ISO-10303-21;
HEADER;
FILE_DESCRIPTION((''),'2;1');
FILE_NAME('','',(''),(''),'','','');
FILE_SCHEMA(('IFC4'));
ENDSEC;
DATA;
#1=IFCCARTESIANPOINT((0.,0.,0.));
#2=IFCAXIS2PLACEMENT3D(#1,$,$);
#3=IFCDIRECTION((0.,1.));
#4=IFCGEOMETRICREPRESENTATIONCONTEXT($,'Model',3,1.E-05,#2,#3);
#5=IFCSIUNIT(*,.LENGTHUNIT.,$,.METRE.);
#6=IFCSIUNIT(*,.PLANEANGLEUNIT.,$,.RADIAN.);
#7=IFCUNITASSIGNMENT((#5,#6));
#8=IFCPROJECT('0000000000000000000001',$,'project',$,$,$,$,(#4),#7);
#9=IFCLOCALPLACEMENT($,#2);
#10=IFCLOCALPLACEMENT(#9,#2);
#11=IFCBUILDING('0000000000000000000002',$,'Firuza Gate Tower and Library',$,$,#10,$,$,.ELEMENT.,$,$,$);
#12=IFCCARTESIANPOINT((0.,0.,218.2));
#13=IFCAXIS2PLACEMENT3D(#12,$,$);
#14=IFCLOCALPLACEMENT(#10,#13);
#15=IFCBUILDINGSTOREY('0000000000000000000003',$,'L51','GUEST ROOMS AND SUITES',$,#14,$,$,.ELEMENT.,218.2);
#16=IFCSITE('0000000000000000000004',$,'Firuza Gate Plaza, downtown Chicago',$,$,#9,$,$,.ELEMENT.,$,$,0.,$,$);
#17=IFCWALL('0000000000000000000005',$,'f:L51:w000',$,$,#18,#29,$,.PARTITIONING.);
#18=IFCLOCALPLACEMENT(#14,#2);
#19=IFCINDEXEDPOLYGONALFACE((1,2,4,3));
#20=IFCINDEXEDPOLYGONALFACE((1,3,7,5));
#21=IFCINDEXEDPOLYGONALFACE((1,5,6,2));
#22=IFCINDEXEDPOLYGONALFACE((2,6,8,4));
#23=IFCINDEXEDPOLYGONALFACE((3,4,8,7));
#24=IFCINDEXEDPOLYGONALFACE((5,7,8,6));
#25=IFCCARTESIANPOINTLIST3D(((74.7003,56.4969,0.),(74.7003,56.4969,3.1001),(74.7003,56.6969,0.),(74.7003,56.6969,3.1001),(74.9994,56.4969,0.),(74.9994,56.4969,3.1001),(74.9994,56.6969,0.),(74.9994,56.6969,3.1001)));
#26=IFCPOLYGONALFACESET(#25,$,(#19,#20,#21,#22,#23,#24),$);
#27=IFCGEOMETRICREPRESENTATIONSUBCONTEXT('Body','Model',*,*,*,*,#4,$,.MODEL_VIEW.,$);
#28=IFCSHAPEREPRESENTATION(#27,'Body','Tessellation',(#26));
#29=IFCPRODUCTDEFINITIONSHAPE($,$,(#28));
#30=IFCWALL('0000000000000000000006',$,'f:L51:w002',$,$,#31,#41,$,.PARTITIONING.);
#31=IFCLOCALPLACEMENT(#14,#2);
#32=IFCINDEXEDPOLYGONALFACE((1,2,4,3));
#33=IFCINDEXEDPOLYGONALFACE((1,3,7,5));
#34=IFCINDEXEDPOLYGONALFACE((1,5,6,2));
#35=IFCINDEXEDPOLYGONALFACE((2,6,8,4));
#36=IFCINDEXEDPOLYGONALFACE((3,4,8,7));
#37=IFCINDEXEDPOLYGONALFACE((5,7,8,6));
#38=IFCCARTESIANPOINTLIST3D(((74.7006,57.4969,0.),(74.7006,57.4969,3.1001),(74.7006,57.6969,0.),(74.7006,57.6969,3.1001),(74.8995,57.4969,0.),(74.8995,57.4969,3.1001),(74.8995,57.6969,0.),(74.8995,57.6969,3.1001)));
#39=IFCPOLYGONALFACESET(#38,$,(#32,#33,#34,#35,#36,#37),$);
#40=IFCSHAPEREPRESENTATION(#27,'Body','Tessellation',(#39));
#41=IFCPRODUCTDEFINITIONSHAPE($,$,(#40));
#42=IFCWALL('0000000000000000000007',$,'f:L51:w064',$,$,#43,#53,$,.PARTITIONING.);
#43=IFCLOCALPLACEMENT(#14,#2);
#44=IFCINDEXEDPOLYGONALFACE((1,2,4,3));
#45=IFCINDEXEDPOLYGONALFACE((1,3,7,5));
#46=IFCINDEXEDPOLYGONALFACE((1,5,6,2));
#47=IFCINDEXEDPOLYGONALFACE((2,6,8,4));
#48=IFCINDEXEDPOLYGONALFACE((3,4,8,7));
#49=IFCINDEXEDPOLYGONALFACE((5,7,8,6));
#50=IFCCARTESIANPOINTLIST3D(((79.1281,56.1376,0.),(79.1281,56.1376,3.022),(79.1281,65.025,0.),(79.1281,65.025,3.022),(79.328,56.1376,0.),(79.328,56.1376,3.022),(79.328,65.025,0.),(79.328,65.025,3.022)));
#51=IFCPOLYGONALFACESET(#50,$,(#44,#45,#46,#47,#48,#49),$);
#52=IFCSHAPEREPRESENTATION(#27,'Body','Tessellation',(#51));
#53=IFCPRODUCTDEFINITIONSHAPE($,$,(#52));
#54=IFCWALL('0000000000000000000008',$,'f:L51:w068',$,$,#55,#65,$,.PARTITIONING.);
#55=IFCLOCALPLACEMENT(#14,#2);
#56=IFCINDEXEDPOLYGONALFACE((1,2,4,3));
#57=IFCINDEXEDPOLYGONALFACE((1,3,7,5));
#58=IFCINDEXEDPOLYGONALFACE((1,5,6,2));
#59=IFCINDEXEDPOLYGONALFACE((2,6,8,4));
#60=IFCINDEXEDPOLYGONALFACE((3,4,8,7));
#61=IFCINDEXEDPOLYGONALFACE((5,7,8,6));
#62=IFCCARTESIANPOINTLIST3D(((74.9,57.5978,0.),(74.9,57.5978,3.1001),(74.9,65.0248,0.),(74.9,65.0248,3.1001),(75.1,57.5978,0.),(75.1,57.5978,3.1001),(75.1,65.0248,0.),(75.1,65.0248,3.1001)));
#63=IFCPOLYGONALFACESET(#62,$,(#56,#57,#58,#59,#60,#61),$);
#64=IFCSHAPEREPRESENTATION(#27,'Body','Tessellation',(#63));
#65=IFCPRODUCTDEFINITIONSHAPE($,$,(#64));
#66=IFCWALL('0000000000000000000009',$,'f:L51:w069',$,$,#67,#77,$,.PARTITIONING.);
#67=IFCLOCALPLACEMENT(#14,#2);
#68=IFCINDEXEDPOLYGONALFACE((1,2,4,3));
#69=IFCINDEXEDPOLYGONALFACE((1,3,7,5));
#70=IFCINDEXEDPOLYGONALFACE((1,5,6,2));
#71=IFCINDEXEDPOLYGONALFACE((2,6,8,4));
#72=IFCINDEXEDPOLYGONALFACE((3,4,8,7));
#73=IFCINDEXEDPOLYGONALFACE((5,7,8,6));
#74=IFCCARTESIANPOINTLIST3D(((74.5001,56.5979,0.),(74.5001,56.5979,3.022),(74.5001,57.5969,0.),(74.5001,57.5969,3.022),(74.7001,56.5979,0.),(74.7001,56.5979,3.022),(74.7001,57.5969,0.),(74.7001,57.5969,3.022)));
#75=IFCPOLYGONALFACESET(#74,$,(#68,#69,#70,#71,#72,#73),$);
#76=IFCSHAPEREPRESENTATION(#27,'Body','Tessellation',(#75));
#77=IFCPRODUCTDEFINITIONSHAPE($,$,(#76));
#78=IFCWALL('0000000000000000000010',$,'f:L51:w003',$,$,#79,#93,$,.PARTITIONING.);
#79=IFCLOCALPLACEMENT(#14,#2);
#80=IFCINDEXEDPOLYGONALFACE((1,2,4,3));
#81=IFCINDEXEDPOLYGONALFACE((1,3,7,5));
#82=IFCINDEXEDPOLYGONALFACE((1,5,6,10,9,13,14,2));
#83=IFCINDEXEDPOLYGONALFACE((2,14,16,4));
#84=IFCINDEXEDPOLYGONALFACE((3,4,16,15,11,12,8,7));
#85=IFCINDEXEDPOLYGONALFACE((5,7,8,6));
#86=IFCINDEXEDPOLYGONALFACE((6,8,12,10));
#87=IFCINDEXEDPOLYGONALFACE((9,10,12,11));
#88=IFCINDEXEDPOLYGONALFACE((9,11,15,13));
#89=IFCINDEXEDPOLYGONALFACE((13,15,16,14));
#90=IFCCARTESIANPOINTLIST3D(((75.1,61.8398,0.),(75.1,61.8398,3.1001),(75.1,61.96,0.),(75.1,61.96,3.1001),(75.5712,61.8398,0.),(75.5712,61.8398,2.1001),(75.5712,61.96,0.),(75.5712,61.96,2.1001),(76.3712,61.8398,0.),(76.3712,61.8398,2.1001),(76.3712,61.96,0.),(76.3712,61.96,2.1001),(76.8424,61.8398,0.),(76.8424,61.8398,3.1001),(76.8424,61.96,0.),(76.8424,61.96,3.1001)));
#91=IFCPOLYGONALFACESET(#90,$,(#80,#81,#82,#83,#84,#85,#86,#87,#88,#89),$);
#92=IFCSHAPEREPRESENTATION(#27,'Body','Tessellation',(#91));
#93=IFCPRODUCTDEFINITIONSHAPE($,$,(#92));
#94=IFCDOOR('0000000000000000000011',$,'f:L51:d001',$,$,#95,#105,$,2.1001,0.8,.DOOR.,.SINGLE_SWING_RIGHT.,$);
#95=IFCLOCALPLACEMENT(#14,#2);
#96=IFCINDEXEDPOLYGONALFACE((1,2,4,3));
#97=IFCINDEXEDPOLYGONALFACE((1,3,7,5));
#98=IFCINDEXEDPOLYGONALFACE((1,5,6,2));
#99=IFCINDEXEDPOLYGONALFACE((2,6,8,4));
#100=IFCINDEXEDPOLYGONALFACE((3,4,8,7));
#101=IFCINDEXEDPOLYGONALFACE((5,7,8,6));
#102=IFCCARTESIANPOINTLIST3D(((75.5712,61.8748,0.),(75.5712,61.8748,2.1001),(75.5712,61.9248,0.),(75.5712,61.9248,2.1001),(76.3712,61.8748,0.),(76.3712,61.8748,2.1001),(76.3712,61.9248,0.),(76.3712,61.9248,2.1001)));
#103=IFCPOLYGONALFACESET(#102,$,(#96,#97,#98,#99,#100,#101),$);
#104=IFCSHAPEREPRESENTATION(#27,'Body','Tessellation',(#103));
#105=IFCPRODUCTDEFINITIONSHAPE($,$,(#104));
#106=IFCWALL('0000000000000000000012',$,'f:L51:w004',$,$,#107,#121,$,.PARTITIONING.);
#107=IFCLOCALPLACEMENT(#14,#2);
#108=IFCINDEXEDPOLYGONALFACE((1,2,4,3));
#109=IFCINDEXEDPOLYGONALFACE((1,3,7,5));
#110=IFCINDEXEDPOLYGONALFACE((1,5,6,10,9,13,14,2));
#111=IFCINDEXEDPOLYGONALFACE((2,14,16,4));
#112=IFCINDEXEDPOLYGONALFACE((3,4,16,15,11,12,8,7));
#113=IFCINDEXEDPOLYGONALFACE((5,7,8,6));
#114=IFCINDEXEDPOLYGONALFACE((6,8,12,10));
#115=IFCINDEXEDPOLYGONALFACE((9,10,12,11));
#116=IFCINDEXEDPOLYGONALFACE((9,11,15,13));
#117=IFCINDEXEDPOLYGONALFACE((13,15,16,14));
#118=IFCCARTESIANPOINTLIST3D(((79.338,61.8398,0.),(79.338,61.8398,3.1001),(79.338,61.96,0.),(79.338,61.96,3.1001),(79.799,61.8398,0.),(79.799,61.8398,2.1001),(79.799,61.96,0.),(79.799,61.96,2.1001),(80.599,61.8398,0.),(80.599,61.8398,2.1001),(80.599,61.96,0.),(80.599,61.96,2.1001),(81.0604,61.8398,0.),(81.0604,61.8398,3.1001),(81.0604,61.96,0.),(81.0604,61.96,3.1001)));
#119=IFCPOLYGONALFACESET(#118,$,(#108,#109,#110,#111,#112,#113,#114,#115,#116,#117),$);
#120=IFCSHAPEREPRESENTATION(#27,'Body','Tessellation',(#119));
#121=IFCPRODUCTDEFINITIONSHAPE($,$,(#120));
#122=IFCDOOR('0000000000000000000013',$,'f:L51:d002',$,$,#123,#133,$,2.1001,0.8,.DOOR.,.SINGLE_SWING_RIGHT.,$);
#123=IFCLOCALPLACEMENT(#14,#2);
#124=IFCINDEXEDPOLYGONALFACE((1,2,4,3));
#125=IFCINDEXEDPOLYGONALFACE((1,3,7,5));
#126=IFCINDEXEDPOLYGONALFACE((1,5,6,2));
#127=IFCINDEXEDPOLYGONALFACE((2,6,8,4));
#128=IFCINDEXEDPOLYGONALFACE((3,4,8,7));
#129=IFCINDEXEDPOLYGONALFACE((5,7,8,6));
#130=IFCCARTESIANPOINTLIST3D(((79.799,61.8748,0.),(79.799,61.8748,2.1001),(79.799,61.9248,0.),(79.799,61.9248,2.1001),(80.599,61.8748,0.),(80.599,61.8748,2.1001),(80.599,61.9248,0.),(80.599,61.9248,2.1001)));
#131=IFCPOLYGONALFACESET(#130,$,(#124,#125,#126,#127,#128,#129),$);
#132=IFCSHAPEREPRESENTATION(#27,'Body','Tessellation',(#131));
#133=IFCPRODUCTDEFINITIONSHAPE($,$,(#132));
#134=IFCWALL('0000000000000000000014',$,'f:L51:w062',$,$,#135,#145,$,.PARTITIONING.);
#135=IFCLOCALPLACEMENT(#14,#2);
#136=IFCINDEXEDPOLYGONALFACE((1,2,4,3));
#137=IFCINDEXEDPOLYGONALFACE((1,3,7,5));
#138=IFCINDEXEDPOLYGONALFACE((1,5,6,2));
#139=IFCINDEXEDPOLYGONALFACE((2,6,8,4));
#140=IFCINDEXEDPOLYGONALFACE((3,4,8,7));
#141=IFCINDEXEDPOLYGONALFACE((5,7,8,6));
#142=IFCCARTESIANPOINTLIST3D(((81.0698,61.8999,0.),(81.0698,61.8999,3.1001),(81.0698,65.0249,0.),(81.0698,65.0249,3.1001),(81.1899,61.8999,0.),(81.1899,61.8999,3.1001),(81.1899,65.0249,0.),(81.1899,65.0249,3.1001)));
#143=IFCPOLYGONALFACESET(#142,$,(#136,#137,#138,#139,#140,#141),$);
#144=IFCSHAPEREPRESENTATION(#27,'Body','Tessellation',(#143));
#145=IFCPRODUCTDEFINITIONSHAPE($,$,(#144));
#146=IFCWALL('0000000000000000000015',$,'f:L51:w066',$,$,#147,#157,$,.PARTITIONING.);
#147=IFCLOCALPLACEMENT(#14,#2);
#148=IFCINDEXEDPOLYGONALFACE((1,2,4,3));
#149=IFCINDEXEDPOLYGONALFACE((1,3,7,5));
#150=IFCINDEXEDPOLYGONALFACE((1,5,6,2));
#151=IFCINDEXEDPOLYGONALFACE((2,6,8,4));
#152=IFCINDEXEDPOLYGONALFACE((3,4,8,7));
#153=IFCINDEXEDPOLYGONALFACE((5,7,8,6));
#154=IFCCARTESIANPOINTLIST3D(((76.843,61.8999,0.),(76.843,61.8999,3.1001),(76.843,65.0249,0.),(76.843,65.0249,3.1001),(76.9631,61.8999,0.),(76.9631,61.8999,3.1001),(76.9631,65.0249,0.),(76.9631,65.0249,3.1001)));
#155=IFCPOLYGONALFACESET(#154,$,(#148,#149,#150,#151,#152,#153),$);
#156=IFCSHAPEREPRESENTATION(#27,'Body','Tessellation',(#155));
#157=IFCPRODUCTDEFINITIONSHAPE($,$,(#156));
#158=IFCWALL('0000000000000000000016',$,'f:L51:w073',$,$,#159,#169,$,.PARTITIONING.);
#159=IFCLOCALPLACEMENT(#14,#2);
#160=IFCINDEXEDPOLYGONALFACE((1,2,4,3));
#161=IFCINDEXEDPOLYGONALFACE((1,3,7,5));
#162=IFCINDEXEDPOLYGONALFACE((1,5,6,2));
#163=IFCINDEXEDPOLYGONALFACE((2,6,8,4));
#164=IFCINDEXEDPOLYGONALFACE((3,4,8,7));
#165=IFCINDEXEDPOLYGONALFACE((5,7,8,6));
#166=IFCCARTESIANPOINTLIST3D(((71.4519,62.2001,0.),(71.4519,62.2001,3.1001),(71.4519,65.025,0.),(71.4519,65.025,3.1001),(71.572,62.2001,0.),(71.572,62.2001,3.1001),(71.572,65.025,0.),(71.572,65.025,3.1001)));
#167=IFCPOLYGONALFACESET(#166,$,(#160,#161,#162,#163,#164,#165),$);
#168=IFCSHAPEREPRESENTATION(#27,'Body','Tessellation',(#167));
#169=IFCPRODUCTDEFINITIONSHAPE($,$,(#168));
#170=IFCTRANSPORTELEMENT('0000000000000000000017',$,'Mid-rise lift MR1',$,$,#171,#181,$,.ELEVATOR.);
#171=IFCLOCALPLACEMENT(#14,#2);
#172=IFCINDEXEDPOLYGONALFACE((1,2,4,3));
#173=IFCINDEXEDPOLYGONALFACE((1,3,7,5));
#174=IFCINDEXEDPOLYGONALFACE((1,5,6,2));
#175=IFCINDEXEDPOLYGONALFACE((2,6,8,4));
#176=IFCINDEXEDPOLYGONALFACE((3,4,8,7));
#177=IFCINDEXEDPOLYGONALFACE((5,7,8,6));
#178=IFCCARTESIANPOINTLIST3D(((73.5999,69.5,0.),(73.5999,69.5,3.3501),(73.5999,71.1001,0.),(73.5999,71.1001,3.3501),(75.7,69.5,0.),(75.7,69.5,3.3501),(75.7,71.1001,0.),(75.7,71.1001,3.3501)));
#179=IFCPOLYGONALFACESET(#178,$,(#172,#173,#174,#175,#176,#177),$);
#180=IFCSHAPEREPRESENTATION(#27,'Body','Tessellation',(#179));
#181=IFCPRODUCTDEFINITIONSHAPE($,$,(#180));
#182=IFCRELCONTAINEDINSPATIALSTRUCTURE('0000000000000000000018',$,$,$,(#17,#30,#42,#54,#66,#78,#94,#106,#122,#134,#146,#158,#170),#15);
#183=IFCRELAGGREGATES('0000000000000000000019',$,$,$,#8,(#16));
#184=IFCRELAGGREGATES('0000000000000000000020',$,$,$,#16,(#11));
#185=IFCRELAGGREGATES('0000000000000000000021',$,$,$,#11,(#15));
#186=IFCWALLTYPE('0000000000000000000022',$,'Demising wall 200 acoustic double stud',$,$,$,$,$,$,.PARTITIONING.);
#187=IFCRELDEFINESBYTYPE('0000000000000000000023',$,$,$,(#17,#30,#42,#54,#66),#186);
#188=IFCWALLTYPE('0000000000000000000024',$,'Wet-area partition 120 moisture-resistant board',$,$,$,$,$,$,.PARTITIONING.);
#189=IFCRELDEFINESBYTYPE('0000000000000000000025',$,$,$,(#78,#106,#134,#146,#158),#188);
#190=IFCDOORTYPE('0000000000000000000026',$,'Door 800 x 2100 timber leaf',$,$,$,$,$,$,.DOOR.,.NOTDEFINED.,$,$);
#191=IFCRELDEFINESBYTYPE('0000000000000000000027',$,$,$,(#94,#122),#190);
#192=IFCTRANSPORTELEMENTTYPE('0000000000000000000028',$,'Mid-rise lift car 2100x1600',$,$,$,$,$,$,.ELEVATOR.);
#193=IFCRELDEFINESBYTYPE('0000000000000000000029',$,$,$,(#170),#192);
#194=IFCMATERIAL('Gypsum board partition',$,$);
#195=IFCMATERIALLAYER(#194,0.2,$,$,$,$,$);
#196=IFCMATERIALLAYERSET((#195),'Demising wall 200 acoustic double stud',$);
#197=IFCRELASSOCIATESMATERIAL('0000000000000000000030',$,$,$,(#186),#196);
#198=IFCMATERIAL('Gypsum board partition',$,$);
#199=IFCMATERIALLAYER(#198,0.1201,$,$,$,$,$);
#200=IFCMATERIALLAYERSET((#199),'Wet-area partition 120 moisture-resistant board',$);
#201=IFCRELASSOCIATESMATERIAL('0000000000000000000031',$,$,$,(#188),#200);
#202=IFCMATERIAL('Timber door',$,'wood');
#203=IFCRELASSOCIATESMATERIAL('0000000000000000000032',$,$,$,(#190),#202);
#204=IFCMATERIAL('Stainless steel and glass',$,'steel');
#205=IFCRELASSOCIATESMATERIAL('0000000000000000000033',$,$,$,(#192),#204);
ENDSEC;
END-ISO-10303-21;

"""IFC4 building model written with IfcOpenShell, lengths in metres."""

from ifc_helpers import new_model, si_unit, direction, frame, frame_2d, origin, origin_2d, place, context, subcontext, project, spatial, rectangle, extrude, material, layer, layer_set, type_object, element, fill, save


model = new_model("IFC4")

# Units and contexts
model_context = context("Model", 3, precision=1e-05, world=origin(), true_north=direction((0.0, 1.0)))
body_context = subcontext(model_context, "Body", "Model", "MODEL_VIEW")
ifc_project = project(units=[si_unit("LENGTHUNIT", "METRE"), si_unit("PLANEANGLEUNIT", "RADIAN")], contexts=[model_context])

# Site, building, storey
site_placement = place(None, origin())
site = spatial("IfcSite", under=ifc_project, at=site_placement, Name="Firuza Gate Plaza, downtown Chicago", CompositionType="ELEMENT", RefElevation=0.0)
building_placement = place(site_placement, origin())
building = spatial("IfcBuilding", under=site, at=building_placement, Name="Firuza Gate Tower and Library", CompositionType="ELEMENT")
storey_placement = place(building_placement, frame((0.0, 0.0, 218.2)))
storey = spatial("IfcBuildingStorey", under=building, at=storey_placement, Name="L51", Description="GUEST ROOMS AND SUITES", CompositionType="ELEMENT", Elevation=218.2)

# Walls
ifc_material_1 = material(Name="Gypsum board partition")
ifc_layer_1 = layer(ifc_material_1, 0.2)
ifc_layer_set_1 = layer_set([ifc_layer_1], Name="Demising wall 200 acoustic double stud")
wall_type_1 = type_object("IfcWallType", Name="Demising wall 200 acoustic double stud", PredefinedType="PARTITIONING", material=ifc_layer_set_1)
wall_1_placement = place(storey_placement, frame((74.7004, 56.5969, 0.0), z_axis=(0.0, 0.0, 1.0), x_axis=(1.0, 0.0, 0.0)))
element("IfcWall", 1, at=wall_1_placement, inside=storey, type_object=wall_type_1, Name="f:L51:w000", PredefinedType="PARTITIONING", context=body_context, shape_type="SweptSolid", body=[
    extrude(rectangle(XDim=0.2991, YDim=0.2, at=frame_2d((0.1494, 0.0))), origin(), (0.0, 0.0, 1.0), 3.1001),
])
wall_2_placement = place(storey_placement, frame((74.7004, 57.5969, 0.0), z_axis=(0.0, 0.0, 1.0), x_axis=(1.0, 0.0, 0.0)))
element("IfcWall", 2, at=wall_2_placement, inside=storey, type_object=wall_type_1, Name="f:L51:w002", PredefinedType="PARTITIONING", context=body_context, shape_type="SweptSolid", body=[
    extrude(rectangle(XDim=0.199, YDim=0.2, at=frame_2d((0.0996, 0.0))), origin(), (0.0, 0.0, 1.0), 3.1001),
])
wall_3_placement = place(storey_placement, frame((79.228, 56.1375, 0.0), z_axis=(0.0, 0.0, 1.0), x_axis=(0.0, 1.0, 0.0)))
element("IfcWall", 3, at=wall_3_placement, inside=storey, type_object=wall_type_1, Name="f:L51:w064", PredefinedType="PARTITIONING", context=body_context, shape_type="SweptSolid", body=[
    extrude(rectangle(XDim=8.8875, YDim=0.2, at=frame_2d((4.4438, 0.0))), origin(), (0.0, 0.0, 1.0), 3.022),
])
wall_4_placement = place(storey_placement, frame((75.0, 57.5979, 0.0), z_axis=(0.0, 0.0, 1.0), x_axis=(0.0, 1.0, 0.0)))
element("IfcWall", 4, at=wall_4_placement, inside=storey, type_object=wall_type_1, Name="f:L51:w068", PredefinedType="PARTITIONING", context=body_context, shape_type="SweptSolid", body=[
    extrude(rectangle(XDim=7.427, YDim=0.2, at=frame_2d((3.7134, 0.0))), origin(), (0.0, 0.0, 1.0), 3.1001),
])
wall_5_placement = place(storey_placement, frame((74.6001, 56.5979, 0.0), z_axis=(0.0, 0.0, 1.0), x_axis=(0.0, 1.0, 0.0)))
element("IfcWall", 5, at=wall_5_placement, inside=storey, type_object=wall_type_1, Name="f:L51:w069", PredefinedType="PARTITIONING", context=body_context, shape_type="SweptSolid", body=[
    extrude(rectangle(XDim=0.999, YDim=0.2, at=frame_2d((0.4995, 0.0))), origin(), (0.0, 0.0, 1.0), 3.022),
])

# Walls, openings, doors
ifc_material_2 = material(Name="Gypsum board partition")
ifc_layer_2 = layer(ifc_material_2, 0.1201)
ifc_layer_set_2 = layer_set([ifc_layer_2], Name="Wet-area partition 120 moisture-resistant board")
wall_type_2 = type_object("IfcWallType", Name="Wet-area partition 120 moisture-resistant board", PredefinedType="PARTITIONING", material=ifc_layer_set_2)
wall_6_placement = place(storey_placement, frame((75.1001, 61.8999, 0.0), z_axis=(0.0, 0.0, 1.0), x_axis=(1.0, 0.0, 0.0)))
wall_6 = element("IfcWall", 6, at=wall_6_placement, inside=storey, type_object=wall_type_2, Name="f:L51:w003", PredefinedType="PARTITIONING", context=body_context, shape_type="SweptSolid", body=[
    extrude(rectangle(XDim=1.7424, YDim=0.1201, at=frame_2d((0.8711, 0.0))), origin(), (0.0, 0.0, 1.0), 3.1001),
])
opening_1_placement = place(wall_6_placement, frame((0.4712, 0.0, 0.0)))
opening_1 = element("IfcOpeningElement", 7, at=opening_1_placement, cuts=wall_6, PredefinedType="OPENING", context=body_context, shape_type="SweptSolid", body=[
    extrude(rectangle(XDim=0.8, YDim=2.1001, at=frame_2d((0.3999, 1.05))), frame((0.0, 0.0701, 0.0), z_axis=(0.0, -1.0, 0.0), x_axis=(1.0, 0.0, 0.0)), (0.0, 0.0, 1.0), 0.1401),
])
ifc_material_3 = material(Name="Timber door", Category="wood")
door_type = type_object("IfcDoorType", Name="Door 800 x 2100 timber leaf", OperationType="NOTDEFINED", PredefinedType="DOOR", material=ifc_material_3)
door_1_placement = place(opening_1_placement, origin())
door_1 = element("IfcDoor", 8, at=door_1_placement, inside=storey, type_object=door_type, Name="f:L51:d001", OperationType="SINGLE_SWING_RIGHT", OverallHeight=2.1001, OverallWidth=0.8, PredefinedType="DOOR", context=body_context, shape_type="SweptSolid", body=[
    extrude(rectangle(XDim=0.8, YDim=2.1001, at=frame_2d((0.3999, 1.05))), frame((0.0, 0.0249, 0.0), z_axis=(0.0, -1.0, 0.0), x_axis=(1.0, 0.0, 0.0)), (0.0, 0.0, 1.0), 0.05),
])
fill(opening_1, door_1)
wall_7_placement = place(storey_placement, frame((79.3379, 61.8999, 0.0), z_axis=(0.0, 0.0, 1.0), x_axis=(1.0, 0.0, 0.0)))
wall_7 = element("IfcWall", 9, at=wall_7_placement, inside=storey, type_object=wall_type_2, Name="f:L51:w004", PredefinedType="PARTITIONING", context=body_context, shape_type="SweptSolid", body=[
    extrude(rectangle(XDim=1.7224, YDim=0.1201, at=frame_2d((0.8613, 0.0))), origin(), (0.0, 0.0, 1.0), 3.1001),
])
opening_2_placement = place(wall_7_placement, frame((0.4612, 0.0, 0.0)))
opening_2 = element("IfcOpeningElement", 10, at=opening_2_placement, cuts=wall_7, PredefinedType="OPENING", context=body_context, shape_type="SweptSolid", body=[
    extrude(rectangle(XDim=0.8, YDim=2.1001, at=frame_2d((0.3999, 1.05))), frame((0.0, 0.0701, 0.0), z_axis=(0.0, -1.0, 0.0), x_axis=(1.0, 0.0, 0.0)), (0.0, 0.0, 1.0), 0.1401),
])
door_2_placement = place(opening_2_placement, origin())
door_2 = element("IfcDoor", 11, at=door_2_placement, inside=storey, type_object=door_type, Name="f:L51:d002", OperationType="SINGLE_SWING_RIGHT", OverallHeight=2.1001, OverallWidth=0.8, PredefinedType="DOOR", context=body_context, shape_type="SweptSolid", body=[
    extrude(rectangle(XDim=0.8, YDim=2.1001, at=frame_2d((0.3999, 1.05))), frame((0.0, 0.0249, 0.0), z_axis=(0.0, -1.0, 0.0), x_axis=(1.0, 0.0, 0.0)), (0.0, 0.0, 1.0), 0.05),
])
fill(opening_2, door_2)

# Walls
for number, where, z_axis, x_axis, name in (
    (12, (81.1299, 61.8999, 0.0), (0.0, 0.0, 1.0), (0.0, 1.0, 0.0), "f:L51:w062"),
    (13, (76.9031, 61.8999, 0.0), (0.0, 0.0, 1.0), (0.0, 1.0, 0.0), "f:L51:w066"),
):
    element("IfcWall", number, at=place(storey_placement, frame(where, z_axis=z_axis, x_axis=x_axis)), inside=storey, type_object=wall_type_2, Name=name, PredefinedType="PARTITIONING", context=body_context, shape_type="SweptSolid", body=[
        extrude(rectangle(XDim=3.125, YDim=0.1201, at=frame_2d((1.5625, 0.0))), origin(), (0.0, 0.0, 1.0), 3.1001),
    ])
wall_8_placement = place(storey_placement, frame((71.512, 62.2, 0.0), z_axis=(0.0, 0.0, 1.0), x_axis=(0.0, 1.0, 0.0)))
element("IfcWall", 14, at=wall_8_placement, inside=storey, type_object=wall_type_2, Name="f:L51:w073", PredefinedType="PARTITIONING", context=body_context, shape_type="SweptSolid", body=[
    extrude(rectangle(XDim=2.825, YDim=0.1201, at=frame_2d((1.4126, 0.0))), origin(), (0.0, 0.0, 1.0), 3.1001),
])

# Transport element
ifc_material_4 = material(Name="Stainless steel and glass", Category="steel")
transport_element_type = type_object("IfcTransportElementType", Name="Mid-rise lift car 2100x1600", PredefinedType="ELEVATOR", material=ifc_material_4)
for number, where, z_axis, x_axis, name in (
    (15, (74.6499, 70.3, 0.0), (0.0, 0.0, 1.0), (1.0, 0.0, 0.0), "Mid-rise lift MR1"),
):
    element("IfcTransportElement", number, at=place(storey_placement, frame(where, z_axis=z_axis, x_axis=x_axis)), inside=storey, type_object=transport_element_type, Name=name, PredefinedType="ELEVATOR", context=body_context, shape_type="SweptSolid", body=[
        extrude(rectangle(XDim=2.1001, YDim=1.6001, at=origin_2d()), origin(), (0.0, 0.0, 1.0), 3.3501),
    ])

save(model, "model.ifc")
